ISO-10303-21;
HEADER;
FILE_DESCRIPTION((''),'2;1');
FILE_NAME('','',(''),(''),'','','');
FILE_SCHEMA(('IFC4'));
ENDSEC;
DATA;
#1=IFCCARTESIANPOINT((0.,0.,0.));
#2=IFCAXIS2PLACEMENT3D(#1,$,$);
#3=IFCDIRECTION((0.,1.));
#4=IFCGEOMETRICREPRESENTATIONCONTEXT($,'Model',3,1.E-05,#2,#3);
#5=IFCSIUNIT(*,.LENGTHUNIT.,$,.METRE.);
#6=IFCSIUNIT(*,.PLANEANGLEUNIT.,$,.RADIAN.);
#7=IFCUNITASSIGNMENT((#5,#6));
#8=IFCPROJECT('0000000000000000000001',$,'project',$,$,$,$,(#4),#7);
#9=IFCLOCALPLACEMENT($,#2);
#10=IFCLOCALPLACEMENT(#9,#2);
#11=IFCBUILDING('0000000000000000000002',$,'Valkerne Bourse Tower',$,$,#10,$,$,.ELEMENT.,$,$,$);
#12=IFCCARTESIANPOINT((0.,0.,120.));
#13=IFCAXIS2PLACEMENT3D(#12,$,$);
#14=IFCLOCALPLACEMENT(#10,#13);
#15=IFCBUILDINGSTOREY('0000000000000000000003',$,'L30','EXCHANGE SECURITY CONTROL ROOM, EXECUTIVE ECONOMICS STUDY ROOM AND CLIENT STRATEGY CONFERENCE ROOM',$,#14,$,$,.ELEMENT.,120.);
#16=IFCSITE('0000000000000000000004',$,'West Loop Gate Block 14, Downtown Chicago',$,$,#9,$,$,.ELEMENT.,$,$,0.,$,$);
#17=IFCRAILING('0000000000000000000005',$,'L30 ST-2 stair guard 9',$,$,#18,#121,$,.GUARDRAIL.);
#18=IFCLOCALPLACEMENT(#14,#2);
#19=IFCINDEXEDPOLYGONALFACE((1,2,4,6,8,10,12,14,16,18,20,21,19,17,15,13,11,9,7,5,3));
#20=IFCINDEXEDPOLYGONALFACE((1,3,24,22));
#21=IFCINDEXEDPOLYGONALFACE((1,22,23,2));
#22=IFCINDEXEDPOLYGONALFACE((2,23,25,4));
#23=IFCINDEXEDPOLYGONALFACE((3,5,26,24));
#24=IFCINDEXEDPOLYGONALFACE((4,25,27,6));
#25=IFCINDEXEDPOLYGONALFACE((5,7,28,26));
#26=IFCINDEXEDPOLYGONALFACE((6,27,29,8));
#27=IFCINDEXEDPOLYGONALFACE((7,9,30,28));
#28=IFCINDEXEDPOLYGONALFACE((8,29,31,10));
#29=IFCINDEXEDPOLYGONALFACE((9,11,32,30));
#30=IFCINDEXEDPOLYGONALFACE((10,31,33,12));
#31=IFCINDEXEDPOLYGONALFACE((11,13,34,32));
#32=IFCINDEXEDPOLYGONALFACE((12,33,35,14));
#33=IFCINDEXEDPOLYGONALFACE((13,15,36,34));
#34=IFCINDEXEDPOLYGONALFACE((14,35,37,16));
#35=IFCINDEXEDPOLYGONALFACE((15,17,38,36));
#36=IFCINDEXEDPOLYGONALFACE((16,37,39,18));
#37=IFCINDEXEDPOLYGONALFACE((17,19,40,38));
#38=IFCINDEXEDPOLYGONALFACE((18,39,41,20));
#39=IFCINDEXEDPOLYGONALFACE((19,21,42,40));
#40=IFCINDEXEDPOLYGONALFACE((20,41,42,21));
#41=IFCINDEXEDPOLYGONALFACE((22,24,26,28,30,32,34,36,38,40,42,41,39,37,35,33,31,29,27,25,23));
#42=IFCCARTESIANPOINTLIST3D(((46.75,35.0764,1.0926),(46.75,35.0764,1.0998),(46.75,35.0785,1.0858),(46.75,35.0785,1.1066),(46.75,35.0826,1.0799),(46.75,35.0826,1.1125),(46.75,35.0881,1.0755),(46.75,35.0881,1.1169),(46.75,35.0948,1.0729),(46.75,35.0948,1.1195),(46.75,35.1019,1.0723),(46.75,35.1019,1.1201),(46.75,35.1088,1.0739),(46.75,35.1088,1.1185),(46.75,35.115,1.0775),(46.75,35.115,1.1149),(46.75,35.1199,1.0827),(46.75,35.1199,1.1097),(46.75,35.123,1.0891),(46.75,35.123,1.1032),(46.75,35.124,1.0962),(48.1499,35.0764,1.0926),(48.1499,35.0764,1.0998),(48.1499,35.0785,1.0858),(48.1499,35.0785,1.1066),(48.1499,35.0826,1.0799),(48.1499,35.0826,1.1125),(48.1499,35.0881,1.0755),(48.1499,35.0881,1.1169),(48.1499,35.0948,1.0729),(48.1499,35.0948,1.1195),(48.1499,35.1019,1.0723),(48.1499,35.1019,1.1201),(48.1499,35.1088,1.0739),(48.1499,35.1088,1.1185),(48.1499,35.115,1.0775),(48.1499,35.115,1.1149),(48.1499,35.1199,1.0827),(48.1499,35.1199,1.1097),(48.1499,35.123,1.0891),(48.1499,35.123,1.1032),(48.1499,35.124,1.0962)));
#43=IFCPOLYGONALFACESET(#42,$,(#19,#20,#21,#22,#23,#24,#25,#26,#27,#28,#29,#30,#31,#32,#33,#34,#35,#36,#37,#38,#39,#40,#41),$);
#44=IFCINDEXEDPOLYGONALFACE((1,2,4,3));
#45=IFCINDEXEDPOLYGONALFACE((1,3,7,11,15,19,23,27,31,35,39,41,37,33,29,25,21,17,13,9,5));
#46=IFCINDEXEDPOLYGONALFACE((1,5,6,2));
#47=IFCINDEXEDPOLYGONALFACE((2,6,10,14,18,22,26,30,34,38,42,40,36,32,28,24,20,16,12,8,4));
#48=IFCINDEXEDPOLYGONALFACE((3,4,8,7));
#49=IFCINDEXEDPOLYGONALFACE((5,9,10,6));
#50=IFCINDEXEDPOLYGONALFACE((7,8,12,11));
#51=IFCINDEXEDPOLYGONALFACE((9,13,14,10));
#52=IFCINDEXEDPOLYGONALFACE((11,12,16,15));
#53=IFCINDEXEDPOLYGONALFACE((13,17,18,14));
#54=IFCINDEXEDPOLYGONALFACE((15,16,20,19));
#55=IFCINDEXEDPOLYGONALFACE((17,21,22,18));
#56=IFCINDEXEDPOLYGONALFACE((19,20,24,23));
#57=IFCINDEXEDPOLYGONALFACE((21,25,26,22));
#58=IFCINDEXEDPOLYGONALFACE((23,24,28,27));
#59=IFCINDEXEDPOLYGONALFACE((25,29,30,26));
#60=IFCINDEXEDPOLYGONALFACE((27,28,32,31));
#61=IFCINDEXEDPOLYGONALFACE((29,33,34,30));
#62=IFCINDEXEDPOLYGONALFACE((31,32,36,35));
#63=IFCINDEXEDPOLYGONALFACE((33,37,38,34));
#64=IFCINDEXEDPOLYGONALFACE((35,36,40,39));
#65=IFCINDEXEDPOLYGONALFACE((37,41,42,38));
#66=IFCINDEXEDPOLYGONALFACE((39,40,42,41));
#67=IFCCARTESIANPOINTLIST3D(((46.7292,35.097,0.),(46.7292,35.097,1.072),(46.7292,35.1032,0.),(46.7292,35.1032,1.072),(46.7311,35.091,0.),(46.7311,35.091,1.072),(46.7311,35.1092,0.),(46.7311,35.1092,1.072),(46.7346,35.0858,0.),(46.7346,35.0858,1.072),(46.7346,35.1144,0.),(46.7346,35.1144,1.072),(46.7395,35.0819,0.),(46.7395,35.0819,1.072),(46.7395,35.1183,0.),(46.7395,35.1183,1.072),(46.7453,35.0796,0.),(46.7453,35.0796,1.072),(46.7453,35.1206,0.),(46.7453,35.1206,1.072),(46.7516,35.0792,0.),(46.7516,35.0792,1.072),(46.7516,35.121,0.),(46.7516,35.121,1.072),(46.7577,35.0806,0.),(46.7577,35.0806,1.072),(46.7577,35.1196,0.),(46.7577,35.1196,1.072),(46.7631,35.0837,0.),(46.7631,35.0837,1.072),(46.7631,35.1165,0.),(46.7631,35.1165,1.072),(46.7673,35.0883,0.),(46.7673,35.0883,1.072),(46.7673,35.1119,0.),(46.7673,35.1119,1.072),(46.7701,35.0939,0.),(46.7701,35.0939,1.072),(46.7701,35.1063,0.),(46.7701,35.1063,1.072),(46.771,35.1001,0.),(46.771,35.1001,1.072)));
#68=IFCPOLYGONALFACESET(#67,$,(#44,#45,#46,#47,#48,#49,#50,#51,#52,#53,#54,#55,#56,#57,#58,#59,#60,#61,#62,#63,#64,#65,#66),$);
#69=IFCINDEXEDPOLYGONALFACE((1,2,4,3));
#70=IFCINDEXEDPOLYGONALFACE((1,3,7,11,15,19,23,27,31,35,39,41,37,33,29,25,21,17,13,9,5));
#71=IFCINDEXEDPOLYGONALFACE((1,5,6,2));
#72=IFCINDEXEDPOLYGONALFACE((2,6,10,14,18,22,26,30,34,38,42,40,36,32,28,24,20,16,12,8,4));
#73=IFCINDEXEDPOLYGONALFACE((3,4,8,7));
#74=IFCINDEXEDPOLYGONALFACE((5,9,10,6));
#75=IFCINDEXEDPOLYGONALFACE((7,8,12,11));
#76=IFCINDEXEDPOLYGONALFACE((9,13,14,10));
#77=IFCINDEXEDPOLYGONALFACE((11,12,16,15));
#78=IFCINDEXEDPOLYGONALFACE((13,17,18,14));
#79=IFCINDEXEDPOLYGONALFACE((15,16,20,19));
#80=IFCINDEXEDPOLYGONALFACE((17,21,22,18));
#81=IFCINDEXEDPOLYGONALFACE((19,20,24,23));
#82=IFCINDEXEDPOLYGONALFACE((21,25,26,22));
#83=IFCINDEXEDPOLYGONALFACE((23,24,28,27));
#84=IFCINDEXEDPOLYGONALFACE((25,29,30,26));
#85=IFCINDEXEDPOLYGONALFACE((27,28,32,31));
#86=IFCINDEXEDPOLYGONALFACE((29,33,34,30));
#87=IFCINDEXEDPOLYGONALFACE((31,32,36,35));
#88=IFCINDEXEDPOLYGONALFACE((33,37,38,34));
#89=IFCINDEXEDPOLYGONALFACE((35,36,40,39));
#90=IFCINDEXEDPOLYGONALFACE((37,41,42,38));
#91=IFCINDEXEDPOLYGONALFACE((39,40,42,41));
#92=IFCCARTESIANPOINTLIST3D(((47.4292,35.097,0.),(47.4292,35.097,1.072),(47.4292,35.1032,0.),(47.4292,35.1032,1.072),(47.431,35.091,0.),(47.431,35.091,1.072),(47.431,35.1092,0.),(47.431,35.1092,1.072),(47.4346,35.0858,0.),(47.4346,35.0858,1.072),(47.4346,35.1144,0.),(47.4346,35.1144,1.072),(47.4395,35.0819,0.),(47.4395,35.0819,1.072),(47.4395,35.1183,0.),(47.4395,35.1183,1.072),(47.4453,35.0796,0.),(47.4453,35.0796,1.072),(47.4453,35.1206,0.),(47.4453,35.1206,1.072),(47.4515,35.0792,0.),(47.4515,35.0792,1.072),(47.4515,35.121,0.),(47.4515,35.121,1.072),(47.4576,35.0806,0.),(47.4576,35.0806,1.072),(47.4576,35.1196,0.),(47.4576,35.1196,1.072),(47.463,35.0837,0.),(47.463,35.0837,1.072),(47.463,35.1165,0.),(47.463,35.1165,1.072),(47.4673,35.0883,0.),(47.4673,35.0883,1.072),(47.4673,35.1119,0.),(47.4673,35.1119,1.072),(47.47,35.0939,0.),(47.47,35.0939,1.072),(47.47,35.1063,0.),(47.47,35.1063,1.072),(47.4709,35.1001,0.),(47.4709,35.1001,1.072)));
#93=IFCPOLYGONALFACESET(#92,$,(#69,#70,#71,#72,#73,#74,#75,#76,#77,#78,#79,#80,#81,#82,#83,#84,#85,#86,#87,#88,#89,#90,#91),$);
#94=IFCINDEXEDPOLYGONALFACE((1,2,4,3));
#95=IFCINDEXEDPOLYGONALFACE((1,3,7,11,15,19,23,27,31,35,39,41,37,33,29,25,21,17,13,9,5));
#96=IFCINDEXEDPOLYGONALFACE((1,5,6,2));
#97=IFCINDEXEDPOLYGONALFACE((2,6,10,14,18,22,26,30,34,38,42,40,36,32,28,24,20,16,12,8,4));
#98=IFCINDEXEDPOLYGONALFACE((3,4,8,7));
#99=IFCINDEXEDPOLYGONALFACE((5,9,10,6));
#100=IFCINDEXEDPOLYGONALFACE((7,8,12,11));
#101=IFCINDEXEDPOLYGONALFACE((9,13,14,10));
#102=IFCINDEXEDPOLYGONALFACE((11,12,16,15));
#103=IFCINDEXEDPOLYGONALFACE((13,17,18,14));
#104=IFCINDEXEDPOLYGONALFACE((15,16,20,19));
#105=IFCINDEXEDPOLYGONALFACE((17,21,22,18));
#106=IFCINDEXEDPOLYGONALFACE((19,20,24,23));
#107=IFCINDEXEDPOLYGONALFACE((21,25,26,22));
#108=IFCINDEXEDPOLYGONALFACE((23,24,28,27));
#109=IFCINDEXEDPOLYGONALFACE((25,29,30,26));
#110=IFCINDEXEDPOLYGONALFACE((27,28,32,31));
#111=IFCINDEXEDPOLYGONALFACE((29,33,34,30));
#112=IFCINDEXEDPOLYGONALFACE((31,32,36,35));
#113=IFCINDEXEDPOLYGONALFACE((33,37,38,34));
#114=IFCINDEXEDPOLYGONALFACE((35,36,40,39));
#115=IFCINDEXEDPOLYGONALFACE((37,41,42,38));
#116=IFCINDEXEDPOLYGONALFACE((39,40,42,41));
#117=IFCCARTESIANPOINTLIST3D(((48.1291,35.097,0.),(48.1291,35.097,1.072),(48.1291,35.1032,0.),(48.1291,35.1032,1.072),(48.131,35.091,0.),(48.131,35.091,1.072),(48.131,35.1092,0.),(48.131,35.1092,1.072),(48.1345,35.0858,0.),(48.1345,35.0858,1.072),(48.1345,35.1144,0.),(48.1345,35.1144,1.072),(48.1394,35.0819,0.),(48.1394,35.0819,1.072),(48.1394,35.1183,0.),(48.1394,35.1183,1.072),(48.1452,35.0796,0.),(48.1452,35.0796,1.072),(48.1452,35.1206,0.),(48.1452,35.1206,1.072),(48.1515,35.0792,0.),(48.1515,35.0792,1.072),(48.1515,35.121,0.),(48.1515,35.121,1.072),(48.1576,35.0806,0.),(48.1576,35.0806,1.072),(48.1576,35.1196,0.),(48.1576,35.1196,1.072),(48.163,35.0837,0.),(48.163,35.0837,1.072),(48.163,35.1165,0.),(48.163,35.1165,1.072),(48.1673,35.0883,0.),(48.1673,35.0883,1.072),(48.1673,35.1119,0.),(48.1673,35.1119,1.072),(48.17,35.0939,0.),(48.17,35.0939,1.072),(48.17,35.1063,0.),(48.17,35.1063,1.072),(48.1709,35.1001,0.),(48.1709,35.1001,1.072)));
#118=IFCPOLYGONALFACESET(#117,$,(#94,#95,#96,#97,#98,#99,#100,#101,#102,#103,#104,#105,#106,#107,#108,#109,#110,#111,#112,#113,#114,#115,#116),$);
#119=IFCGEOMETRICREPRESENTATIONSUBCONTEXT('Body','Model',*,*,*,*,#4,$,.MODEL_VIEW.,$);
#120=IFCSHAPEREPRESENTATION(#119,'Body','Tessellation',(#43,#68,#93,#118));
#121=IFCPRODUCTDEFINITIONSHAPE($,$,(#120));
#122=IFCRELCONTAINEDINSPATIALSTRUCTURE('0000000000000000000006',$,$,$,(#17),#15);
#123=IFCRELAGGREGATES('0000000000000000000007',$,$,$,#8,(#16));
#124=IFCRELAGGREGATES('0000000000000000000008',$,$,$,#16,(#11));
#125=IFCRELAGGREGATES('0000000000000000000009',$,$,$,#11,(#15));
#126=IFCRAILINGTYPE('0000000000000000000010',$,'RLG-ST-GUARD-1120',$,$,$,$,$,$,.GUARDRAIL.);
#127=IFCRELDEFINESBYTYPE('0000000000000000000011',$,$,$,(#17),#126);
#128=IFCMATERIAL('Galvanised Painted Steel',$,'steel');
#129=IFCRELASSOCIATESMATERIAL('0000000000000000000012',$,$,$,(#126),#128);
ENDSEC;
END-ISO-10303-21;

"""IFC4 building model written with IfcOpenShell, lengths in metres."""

from ifc_helpers import new_model, si_unit, direction, frame, origin, origin_2d, place, context, subcontext, project, spatial, circle, extrude, material, type_object, element, save


model = new_model("IFC4")

# Units and contexts
model_context = context("Model", 3, precision=1e-05, world=origin(), true_north=direction((0.0, 1.0)))
body_context = subcontext(model_context, "Body", "Model", "MODEL_VIEW")
ifc_project = project(units=[si_unit("LENGTHUNIT", "METRE"), si_unit("PLANEANGLEUNIT", "RADIAN")], contexts=[model_context])

# Site, building, storey
site_placement = place(None, origin())
site = spatial("IfcSite", under=ifc_project, at=site_placement, Name="West Loop Gate Block 14, Downtown Chicago", CompositionType="ELEMENT", RefElevation=0.0)
building_placement = place(site_placement, origin())
building = spatial("IfcBuilding", under=site, at=building_placement, Name="Valkerne Bourse Tower", CompositionType="ELEMENT")
storey_placement = place(building_placement, frame((0.0, 0.0, 120.0)))
storey = spatial("IfcBuildingStorey", under=building, at=storey_placement, Name="L30", Description="EXCHANGE SECURITY CONTROL ROOM, EXECUTIVE ECONOMICS STUDY ROOM AND CLIENT STRATEGY CONFERENCE ROOM", CompositionType="ELEMENT", Elevation=120.0)

# Shared definitions
ifc_material_1 = material(Name="Galvanised Painted Steel", Category="steel")

# Railing
railing_type_1 = type_object("IfcRailingType", Name="RLG-ST-GUARD-1120", PredefinedType="GUARDRAIL", material=ifc_material_1)
for number, where, name in (
    (1, (46.75, 35.1001, 0.0), "L30 ST-2 stair guard 9"),
):
    element("IfcRailing", number, at=place(storey_placement, frame(where)), inside=storey, type_object=railing_type_1, Name=name, PredefinedType="GUARDRAIL", context=body_context, shape_type="SweptSolid", body=[
        extrude(circle(Radius=0.0239, at=origin_2d()), frame((0.0, 0.0, 1.0962), z_axis=(1.0, 0.0, 0.0), x_axis=(0.0, 1.0, 0.0)), (0.0, 0.0, 1.0), 1.3999),
        extrude(circle(Radius=0.021, at=origin_2d()), origin(), (0.0, 0.0, 1.0), 1.072),
        extrude(circle(Radius=0.021, at=origin_2d()), frame((0.7, 0.0, 0.0)), (0.0, 0.0, 1.0), 1.072),
        extrude(circle(Radius=0.021, at=origin_2d()), frame((1.3999, 0.0, 0.0)), (0.0, 0.0, 1.0), 1.072),
    ])

save(model, "model.ifc")
